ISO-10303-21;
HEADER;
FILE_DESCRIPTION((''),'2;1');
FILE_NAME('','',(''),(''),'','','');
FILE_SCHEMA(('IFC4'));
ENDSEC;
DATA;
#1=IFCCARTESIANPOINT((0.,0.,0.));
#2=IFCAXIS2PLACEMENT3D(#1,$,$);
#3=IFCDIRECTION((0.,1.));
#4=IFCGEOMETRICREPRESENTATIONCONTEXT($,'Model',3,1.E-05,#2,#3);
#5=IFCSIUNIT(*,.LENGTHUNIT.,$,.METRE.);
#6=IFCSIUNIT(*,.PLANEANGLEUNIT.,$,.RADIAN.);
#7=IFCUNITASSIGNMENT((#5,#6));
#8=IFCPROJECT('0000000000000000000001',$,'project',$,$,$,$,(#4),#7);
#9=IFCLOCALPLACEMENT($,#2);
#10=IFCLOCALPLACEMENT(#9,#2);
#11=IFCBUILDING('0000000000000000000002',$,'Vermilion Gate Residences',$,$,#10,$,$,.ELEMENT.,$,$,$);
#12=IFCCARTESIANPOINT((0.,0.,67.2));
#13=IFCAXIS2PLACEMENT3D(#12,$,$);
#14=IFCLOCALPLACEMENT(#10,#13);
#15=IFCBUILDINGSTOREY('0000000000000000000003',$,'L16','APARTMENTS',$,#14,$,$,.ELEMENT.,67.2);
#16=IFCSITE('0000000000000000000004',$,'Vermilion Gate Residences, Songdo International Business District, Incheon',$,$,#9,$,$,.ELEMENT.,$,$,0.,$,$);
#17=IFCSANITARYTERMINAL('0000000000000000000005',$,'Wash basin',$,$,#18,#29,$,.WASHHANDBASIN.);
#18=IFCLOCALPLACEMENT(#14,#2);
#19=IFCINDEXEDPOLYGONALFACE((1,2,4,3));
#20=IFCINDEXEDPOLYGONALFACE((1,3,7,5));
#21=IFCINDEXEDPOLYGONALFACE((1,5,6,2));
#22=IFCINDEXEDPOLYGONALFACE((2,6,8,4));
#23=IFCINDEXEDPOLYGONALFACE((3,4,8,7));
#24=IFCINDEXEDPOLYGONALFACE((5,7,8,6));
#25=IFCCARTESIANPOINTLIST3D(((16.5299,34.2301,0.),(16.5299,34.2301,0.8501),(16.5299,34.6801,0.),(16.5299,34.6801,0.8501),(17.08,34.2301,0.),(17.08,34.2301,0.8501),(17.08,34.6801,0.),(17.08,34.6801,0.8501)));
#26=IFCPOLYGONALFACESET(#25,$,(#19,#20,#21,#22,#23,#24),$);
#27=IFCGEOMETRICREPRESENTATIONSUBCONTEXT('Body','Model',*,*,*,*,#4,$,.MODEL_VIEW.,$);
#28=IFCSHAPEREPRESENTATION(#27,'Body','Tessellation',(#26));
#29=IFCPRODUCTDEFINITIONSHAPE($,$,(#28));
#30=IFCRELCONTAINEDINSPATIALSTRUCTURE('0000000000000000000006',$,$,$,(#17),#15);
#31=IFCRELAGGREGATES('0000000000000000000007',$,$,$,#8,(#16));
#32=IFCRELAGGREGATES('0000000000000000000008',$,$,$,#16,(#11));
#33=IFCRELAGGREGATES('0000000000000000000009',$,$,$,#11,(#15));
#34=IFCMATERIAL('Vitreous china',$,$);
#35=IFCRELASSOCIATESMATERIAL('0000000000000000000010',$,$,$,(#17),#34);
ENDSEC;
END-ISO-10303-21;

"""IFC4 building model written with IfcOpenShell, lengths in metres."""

from ifc_helpers import new_model, si_unit, direction, frame, origin, origin_2d, place, context, subcontext, project, spatial, rectangle, extrude, material, element, save


model = new_model("IFC4")

# Units and contexts
model_context = context("Model", 3, precision=1e-05, world=origin(), true_north=direction((0.0, 1.0)))
body_context = subcontext(model_context, "Body", "Model", "MODEL_VIEW")
ifc_project = project(units=[si_unit("LENGTHUNIT", "METRE"), si_unit("PLANEANGLEUNIT", "RADIAN")], contexts=[model_context])

# Site, building, storey
site_placement = place(None, origin())
site = spatial("IfcSite", under=ifc_project, at=site_placement, Name="Vermilion Gate Residences, Songdo International Business District, Incheon", CompositionType="ELEMENT", RefElevation=0.0)
building_placement = place(site_placement, origin())
building = spatial("IfcBuilding", under=site, at=building_placement, Name="Vermilion Gate Residences", CompositionType="ELEMENT")
storey_placement = place(building_placement, frame((0.0, 0.0, 67.2)))
storey = spatial("IfcBuildingStorey", under=building, at=storey_placement, Name="L16", Description="APARTMENTS", CompositionType="ELEMENT", Elevation=67.2)

# Sanitary terminal
ifc_material_1 = material(Name="Vitreous china")
sanitary_terminal_1_placement = place(storey_placement, frame((16.8049, 34.4551, 0.0), z_axis=(0.0, 0.0, 1.0), x_axis=(1.0, 0.0, 0.0)))
element("IfcSanitaryTerminal", 1, at=sanitary_terminal_1_placement, inside=storey, material=ifc_material_1, Name="Wash basin", PredefinedType="WASHHANDBASIN", context=body_context, shape_type="SweptSolid", body=[
    extrude(rectangle(XDim=0.55, YDim=0.45, at=origin_2d()), origin(), (0.0, 0.0, 1.0), 0.8501),
])

save(model, "model.ifc")
